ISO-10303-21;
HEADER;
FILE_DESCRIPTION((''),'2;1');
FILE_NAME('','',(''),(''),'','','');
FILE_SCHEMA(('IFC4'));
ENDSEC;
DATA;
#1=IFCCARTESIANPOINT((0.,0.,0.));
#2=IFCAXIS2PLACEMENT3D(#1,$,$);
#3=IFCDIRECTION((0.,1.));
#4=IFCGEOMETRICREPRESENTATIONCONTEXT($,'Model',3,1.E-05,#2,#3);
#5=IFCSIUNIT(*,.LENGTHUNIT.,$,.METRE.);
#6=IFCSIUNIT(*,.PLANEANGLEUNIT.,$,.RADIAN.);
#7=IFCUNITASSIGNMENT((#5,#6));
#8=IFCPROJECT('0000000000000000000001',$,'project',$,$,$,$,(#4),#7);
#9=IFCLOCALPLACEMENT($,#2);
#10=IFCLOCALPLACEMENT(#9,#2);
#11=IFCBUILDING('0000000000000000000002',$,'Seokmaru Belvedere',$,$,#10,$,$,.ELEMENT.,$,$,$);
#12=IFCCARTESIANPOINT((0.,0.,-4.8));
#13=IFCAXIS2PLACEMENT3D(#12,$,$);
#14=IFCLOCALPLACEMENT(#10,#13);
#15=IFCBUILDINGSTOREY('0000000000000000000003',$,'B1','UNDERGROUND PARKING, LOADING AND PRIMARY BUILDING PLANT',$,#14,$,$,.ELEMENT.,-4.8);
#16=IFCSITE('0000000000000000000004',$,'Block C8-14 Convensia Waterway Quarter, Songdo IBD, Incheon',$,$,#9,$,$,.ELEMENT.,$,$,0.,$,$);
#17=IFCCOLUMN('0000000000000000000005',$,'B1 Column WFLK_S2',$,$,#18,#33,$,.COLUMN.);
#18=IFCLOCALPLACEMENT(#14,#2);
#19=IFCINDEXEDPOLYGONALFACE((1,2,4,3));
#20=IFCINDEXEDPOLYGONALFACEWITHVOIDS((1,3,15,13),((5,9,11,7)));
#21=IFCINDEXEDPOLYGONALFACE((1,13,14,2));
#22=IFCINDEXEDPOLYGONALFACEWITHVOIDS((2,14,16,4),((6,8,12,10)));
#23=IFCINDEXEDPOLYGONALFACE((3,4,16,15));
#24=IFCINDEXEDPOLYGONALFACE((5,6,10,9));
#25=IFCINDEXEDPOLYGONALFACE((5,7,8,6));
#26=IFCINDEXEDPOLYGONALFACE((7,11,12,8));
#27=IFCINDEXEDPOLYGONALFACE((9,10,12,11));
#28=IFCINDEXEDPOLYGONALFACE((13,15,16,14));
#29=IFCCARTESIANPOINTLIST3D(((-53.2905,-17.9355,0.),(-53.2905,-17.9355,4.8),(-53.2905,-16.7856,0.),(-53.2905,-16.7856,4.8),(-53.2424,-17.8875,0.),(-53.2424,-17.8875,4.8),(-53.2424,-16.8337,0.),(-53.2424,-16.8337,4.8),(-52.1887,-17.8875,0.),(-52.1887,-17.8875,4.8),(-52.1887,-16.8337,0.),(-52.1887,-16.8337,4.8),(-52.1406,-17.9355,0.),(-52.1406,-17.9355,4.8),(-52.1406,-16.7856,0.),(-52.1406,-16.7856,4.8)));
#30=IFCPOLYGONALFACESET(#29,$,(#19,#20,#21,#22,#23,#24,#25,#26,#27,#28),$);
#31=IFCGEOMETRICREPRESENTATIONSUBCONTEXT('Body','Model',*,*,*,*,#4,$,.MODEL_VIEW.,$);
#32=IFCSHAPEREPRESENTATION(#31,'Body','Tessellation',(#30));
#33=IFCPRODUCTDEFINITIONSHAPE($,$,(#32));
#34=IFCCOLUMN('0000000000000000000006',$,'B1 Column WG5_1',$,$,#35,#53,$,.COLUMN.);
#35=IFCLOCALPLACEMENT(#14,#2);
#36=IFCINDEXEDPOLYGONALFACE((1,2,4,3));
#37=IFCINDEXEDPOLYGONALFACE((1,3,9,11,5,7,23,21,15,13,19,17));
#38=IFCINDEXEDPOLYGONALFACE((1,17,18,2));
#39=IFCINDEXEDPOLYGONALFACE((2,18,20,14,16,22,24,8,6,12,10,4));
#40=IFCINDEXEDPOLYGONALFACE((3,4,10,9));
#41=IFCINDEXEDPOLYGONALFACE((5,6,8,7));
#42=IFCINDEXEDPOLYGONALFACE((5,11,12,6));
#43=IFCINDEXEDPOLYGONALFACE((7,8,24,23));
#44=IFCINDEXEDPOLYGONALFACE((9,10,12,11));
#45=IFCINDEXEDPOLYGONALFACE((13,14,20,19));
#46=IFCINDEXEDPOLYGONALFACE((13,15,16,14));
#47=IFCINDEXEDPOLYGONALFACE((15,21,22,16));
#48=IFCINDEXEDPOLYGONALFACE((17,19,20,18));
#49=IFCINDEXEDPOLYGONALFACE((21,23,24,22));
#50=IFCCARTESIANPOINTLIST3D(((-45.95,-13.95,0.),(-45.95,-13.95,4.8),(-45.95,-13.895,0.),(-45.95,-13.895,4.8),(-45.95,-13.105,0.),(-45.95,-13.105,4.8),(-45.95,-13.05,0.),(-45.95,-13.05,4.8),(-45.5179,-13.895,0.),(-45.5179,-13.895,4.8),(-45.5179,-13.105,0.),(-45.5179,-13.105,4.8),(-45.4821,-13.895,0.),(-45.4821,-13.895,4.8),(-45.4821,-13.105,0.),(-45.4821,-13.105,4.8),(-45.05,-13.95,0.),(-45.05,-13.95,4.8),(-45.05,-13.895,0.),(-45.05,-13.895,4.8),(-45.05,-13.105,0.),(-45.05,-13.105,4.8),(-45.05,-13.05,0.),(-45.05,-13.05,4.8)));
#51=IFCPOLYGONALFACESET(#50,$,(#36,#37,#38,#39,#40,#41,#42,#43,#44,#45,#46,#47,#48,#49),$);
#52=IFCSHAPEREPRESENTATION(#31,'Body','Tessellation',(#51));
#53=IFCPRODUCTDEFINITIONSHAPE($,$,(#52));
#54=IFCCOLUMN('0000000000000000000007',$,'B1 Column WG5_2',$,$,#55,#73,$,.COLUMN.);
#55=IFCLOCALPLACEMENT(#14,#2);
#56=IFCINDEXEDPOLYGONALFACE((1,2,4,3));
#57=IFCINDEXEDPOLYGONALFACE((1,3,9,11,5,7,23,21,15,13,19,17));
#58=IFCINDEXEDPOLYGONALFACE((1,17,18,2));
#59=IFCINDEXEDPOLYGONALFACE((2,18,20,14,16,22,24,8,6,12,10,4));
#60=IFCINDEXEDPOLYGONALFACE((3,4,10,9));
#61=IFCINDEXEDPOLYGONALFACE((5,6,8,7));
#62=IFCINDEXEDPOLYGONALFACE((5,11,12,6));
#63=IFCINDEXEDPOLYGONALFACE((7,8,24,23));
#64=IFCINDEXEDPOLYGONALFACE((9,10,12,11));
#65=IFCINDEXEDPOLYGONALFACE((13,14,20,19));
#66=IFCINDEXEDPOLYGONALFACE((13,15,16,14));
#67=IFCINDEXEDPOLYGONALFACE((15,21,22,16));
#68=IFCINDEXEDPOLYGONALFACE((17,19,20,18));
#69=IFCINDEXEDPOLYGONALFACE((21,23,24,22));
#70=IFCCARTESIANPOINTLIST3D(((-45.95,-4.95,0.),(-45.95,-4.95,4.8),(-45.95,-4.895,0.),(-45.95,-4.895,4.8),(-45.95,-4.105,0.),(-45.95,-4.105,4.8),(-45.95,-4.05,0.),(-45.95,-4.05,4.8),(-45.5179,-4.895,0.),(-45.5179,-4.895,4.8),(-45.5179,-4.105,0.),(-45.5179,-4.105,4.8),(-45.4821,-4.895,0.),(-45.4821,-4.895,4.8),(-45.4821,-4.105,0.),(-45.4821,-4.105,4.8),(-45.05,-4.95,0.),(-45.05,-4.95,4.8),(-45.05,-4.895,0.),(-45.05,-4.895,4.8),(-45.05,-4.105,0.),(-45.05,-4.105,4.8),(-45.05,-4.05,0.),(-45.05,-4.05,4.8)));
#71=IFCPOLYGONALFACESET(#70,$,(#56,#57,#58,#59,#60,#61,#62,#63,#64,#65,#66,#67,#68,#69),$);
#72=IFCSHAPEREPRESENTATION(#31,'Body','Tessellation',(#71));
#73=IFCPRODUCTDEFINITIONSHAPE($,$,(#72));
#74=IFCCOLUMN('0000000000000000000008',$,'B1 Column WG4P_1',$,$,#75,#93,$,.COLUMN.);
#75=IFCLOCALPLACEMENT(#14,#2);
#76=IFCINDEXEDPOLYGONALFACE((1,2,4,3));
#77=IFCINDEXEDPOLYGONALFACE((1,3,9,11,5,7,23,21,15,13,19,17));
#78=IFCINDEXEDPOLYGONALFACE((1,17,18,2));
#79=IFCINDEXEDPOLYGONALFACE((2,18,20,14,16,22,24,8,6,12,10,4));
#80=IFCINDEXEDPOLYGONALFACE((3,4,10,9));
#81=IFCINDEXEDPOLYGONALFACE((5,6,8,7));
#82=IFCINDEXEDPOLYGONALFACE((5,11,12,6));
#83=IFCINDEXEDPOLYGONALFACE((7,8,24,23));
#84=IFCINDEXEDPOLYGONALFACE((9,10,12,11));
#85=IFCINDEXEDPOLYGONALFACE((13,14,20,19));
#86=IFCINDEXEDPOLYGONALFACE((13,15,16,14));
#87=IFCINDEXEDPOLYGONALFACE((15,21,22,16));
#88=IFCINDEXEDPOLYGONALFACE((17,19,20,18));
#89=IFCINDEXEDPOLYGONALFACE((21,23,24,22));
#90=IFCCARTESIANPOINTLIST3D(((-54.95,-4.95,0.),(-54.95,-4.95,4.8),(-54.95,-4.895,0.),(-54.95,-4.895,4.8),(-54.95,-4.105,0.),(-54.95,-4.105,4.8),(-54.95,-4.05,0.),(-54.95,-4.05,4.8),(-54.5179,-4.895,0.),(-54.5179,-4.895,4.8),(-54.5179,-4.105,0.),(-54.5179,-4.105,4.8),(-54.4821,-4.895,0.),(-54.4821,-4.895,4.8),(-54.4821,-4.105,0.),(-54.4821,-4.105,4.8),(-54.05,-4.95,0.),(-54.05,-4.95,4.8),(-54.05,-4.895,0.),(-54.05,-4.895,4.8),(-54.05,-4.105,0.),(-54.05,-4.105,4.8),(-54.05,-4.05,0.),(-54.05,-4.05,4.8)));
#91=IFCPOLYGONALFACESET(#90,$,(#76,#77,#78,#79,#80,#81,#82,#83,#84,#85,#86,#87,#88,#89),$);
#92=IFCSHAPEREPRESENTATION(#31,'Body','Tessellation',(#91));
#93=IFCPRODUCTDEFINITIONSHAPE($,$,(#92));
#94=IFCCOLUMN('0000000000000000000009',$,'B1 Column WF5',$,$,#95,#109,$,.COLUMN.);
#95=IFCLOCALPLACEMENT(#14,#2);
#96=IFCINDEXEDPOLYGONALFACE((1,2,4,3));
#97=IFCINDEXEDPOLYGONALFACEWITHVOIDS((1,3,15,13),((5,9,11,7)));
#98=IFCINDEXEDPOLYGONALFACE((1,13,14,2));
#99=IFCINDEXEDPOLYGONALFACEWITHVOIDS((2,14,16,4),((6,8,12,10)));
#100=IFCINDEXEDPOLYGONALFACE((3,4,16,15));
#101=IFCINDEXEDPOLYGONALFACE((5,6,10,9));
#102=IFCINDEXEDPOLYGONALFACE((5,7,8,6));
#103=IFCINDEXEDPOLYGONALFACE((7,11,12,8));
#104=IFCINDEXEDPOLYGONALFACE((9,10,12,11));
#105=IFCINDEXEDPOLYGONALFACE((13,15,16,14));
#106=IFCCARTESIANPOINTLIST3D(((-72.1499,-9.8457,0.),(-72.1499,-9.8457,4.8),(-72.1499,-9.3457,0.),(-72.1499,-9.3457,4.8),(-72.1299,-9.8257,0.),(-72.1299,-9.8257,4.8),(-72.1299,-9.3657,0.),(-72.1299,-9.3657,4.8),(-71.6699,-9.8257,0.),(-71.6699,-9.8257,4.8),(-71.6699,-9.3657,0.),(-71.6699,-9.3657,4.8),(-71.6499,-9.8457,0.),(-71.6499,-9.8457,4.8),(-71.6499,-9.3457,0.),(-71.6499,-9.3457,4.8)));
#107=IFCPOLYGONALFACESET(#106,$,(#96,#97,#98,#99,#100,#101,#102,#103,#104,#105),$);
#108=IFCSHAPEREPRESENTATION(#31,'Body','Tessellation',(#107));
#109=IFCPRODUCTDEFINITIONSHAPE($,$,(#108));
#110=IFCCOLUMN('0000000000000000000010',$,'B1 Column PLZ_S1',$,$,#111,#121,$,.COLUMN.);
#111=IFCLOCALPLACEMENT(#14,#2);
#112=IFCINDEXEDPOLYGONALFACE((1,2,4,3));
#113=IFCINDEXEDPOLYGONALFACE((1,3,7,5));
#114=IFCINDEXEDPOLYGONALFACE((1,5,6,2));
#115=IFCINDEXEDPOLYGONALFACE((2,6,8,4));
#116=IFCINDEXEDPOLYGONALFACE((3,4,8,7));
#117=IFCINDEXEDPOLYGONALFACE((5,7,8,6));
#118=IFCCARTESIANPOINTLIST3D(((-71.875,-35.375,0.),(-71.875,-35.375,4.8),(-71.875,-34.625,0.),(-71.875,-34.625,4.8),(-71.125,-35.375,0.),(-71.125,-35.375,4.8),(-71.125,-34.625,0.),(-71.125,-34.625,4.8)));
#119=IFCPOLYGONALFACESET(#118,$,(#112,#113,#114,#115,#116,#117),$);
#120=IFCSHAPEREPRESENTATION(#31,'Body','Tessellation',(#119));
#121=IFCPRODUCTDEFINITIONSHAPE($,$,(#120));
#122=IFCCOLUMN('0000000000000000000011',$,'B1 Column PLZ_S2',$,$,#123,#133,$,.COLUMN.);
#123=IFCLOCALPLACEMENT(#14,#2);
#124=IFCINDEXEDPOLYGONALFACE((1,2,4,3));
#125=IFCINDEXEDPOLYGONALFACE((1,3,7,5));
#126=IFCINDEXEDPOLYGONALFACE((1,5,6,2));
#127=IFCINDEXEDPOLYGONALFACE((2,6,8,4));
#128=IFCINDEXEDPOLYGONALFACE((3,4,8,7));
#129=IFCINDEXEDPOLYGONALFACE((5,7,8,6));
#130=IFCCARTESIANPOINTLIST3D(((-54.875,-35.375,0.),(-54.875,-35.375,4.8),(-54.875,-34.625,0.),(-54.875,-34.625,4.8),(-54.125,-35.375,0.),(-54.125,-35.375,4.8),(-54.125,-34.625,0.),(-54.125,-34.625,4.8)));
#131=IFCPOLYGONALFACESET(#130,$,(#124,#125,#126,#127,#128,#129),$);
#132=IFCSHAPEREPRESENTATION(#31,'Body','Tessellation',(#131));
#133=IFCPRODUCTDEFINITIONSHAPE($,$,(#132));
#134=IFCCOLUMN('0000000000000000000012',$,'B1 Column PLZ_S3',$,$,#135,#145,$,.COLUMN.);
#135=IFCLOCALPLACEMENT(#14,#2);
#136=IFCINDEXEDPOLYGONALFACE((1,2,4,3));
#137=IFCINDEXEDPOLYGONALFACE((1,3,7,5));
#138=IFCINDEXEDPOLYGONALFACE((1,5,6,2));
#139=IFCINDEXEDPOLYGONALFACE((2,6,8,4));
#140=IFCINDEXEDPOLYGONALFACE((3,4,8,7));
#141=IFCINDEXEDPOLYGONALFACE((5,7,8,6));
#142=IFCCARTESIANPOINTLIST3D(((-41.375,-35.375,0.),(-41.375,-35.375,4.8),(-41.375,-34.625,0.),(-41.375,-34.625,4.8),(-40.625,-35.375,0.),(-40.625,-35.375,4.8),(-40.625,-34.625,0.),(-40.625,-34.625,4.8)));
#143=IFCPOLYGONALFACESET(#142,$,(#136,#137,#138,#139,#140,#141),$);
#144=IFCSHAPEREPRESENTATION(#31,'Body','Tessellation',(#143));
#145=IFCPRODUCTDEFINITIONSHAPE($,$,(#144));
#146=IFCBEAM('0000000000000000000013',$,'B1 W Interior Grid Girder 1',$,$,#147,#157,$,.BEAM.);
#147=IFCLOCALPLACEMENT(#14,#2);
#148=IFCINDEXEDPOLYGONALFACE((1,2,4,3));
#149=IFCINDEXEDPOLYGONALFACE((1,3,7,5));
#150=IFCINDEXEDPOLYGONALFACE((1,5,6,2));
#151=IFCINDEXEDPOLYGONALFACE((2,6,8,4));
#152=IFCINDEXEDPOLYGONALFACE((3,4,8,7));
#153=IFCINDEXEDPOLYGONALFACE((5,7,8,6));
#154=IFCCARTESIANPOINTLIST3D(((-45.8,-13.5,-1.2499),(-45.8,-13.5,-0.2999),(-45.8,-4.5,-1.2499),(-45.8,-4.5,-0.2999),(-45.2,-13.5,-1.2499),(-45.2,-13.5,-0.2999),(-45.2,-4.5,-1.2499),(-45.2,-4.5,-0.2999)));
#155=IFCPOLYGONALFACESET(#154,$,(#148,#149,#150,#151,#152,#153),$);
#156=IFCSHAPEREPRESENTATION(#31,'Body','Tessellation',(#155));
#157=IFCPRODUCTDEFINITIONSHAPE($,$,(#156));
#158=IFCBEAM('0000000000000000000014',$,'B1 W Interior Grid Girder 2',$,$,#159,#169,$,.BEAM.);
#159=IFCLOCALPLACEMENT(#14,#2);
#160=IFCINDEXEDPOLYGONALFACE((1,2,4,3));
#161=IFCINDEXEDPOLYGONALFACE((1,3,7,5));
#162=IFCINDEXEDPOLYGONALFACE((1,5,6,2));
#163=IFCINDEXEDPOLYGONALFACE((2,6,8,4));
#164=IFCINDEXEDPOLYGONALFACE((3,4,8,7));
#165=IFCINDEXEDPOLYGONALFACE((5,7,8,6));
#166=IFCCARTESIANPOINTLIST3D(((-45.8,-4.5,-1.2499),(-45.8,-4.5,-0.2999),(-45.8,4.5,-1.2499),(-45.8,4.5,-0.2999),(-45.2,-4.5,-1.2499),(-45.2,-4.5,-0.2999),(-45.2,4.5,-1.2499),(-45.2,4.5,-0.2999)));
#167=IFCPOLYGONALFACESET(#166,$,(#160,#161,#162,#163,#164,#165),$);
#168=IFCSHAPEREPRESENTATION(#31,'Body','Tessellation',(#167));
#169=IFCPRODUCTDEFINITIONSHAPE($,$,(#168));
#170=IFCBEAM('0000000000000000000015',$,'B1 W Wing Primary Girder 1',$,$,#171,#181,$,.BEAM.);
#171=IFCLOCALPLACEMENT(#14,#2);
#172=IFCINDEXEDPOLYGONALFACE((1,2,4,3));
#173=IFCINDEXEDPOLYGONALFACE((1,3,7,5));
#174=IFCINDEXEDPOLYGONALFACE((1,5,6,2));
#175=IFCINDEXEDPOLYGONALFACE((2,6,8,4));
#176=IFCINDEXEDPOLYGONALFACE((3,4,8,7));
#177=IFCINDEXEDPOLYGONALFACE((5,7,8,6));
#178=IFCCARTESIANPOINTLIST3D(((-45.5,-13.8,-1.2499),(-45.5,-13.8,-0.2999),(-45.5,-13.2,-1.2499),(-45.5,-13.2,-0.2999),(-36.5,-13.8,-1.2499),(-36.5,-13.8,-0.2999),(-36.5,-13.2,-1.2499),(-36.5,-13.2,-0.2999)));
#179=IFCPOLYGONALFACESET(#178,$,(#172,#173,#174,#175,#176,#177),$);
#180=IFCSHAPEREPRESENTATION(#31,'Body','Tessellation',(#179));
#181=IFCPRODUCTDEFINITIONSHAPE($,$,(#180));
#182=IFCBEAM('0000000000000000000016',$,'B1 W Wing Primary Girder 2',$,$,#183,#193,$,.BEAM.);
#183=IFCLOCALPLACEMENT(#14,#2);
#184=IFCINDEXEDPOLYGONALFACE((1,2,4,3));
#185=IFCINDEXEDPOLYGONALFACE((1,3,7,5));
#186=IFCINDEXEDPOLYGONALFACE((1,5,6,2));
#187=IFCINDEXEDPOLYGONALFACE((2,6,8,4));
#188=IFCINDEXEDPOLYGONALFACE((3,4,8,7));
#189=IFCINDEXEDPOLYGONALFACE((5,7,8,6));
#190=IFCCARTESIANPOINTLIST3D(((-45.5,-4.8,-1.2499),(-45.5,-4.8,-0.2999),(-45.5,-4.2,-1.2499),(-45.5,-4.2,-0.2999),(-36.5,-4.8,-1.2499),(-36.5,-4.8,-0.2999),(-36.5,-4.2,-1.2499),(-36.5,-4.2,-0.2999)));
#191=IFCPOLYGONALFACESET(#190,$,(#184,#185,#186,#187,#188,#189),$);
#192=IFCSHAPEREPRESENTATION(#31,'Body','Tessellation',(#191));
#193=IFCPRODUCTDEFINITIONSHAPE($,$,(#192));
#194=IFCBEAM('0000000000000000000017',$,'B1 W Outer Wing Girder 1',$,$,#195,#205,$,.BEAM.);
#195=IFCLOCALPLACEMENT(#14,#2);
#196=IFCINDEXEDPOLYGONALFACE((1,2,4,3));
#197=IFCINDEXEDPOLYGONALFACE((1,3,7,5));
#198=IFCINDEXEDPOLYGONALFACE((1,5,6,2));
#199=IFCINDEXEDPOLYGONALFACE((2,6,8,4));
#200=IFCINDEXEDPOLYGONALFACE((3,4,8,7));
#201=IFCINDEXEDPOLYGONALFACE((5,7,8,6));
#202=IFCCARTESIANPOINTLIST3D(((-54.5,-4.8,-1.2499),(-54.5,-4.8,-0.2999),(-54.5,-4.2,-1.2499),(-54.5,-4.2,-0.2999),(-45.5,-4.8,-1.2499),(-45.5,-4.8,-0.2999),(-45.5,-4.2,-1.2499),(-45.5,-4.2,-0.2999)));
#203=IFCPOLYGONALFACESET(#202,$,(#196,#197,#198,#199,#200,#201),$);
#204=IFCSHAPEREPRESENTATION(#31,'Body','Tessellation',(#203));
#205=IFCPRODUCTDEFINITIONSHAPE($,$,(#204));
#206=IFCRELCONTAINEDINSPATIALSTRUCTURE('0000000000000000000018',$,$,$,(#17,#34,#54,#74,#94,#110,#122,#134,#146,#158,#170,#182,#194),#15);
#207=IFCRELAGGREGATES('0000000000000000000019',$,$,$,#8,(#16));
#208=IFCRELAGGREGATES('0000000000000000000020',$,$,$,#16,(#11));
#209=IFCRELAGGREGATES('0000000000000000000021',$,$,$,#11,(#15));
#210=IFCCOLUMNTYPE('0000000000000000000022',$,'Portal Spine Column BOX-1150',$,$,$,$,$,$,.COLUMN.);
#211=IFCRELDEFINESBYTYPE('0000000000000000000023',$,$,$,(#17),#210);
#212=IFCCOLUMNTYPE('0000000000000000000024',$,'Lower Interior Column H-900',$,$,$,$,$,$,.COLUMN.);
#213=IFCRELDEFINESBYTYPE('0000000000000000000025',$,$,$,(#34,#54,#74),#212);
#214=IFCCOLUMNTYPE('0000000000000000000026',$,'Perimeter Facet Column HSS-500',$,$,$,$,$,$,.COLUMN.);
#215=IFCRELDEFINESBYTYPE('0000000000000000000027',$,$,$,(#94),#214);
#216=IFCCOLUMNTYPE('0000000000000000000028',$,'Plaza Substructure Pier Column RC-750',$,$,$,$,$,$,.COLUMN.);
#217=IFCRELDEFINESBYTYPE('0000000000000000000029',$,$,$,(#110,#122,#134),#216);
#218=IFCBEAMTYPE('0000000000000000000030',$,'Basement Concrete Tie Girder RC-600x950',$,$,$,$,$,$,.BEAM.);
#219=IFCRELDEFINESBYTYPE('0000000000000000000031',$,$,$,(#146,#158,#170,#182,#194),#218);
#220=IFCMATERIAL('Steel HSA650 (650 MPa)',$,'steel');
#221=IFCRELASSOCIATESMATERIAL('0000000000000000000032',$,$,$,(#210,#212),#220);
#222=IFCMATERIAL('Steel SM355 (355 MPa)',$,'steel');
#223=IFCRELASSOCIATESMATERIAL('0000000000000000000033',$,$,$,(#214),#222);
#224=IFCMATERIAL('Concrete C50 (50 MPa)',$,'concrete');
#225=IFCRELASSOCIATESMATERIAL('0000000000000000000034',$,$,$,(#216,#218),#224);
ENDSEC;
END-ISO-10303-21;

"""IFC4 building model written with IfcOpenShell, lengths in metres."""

from ifc_helpers import new_model, si_unit, direction, frame, origin, origin_2d, place, context, subcontext, project, spatial, rectangle, hollow_rectangle, i_section, extrude, source, transform, mapped, material, material_profile, profile_set, type_object, type_shapes, element, save


model = new_model("IFC4")

# Units and contexts
model_context = context("Model", 3, precision=1e-05, world=origin(), true_north=direction((0.0, 1.0)))
body_context = subcontext(model_context, "Body", "Model", "MODEL_VIEW")
ifc_project = project(units=[si_unit("LENGTHUNIT", "METRE"), si_unit("PLANEANGLEUNIT", "RADIAN")], contexts=[model_context])

# Site, building, storey
site_placement = place(None, origin())
site = spatial("IfcSite", under=ifc_project, at=site_placement, Name="Block C8-14 Convensia Waterway Quarter, Songdo IBD, Incheon", CompositionType="ELEMENT", RefElevation=0.0)
building_placement = place(site_placement, origin())
building = spatial("IfcBuilding", under=site, at=building_placement, Name="Seokmaru Belvedere", CompositionType="ELEMENT")
storey_placement = place(building_placement, frame((0.0, 0.0, -4.8)))
storey = spatial("IfcBuildingStorey", under=building, at=storey_placement, Name="B1", Description="UNDERGROUND PARKING, LOADING AND PRIMARY BUILDING PLANT", CompositionType="ELEMENT", Elevation=-4.8)

# Columns
ifc_material_1 = material(Name="Steel HSA650 (650 MPa)", Category="steel")
ifc_material_profile_1 = material_profile(ifc_material_1, hollow_rectangle(XDim=1.1499, YDim=1.1499, WallThickness=0.0481, at=origin_2d()), Name="BOX-1150x1150x48")
ifc_profile_set_1 = profile_set([ifc_material_profile_1], Name="Steel HSA650 (650 MPa)")
column_type_1 = type_object("IfcColumnType", Name="Portal Spine Column BOX-1150", PredefinedType="COLUMN", material=ifc_profile_set_1)
shared_shape_1 = source(origin(), body_context, "Body", "SweptSolid", [
    extrude(hollow_rectangle(XDim=1.1499, YDim=1.1499, WallThickness=0.0481, at=origin_2d()), origin(), (0.0, 0.0, 1.0), 4.8),
])
type_shapes(column_type_1, [shared_shape_1])
column_1_placement = place(storey_placement, frame((-52.7156, -17.3606, 0.0), z_axis=(0.0, 0.0, 1.0), x_axis=(1.0, 0.0, 0.0)))
element("IfcColumn", 1, at=column_1_placement, inside=storey, type_object=column_type_1, Name="B1 Column WFLK_S2", PredefinedType="COLUMN", context=body_context, shape_type="MappedRepresentation", body=[
    mapped(shared_shape_1, transform((0.0, 0.0, 0.0), scale=1.0)),
])
ifc_material_profile_2 = material_profile(ifc_material_1, i_section(OverallWidth=0.8999, OverallDepth=0.8999, WebThickness=0.0359, FlangeThickness=0.0549, at=origin_2d()), Name="H-900x900x36x55")
ifc_profile_set_2 = profile_set([ifc_material_profile_2], Name="Steel HSA650 (650 MPa)")
column_type_2 = type_object("IfcColumnType", Name="Lower Interior Column H-900", PredefinedType="COLUMN", material=ifc_profile_set_2)
shared_shape_2 = source(origin(), body_context, "Body", "SweptSolid", [
    extrude(i_section(OverallWidth=0.8999, OverallDepth=0.8999, WebThickness=0.0359, FlangeThickness=0.0549, at=origin_2d()), origin(), (0.0, 0.0, 1.0), 4.8),
])
type_shapes(column_type_2, [shared_shape_2])
for number, where, z_axis, x_axis, name in (
    (2, (-45.5, -13.5, 0.0), (0.0, 0.0, 1.0), (1.0, 0.0, 0.0), "B1 Column WG5_1"),
    (3, (-45.5, -4.5, 0.0), (0.0, 0.0, 1.0), (1.0, 0.0, 0.0), "B1 Column WG5_2"),
    (4, (-54.5, -4.5, 0.0), (0.0, 0.0, 1.0), (1.0, 0.0, 0.0), "B1 Column WG4P_1"),
):
    element("IfcColumn", number, at=place(storey_placement, frame(where, z_axis=z_axis, x_axis=x_axis)), inside=storey, type_object=column_type_2, Name=name, PredefinedType="COLUMN", context=body_context, shape_type="MappedRepresentation", body=[
        mapped(shared_shape_2, transform((0.0, 0.0, 0.0), scale=1.0)),
    ])
ifc_material_2 = material(Name="Steel SM355 (355 MPa)", Category="steel")
ifc_material_profile_3 = material_profile(ifc_material_2, hollow_rectangle(XDim=0.5, YDim=0.5, WallThickness=0.02, at=origin_2d()), Name="HSS-500x500x20")
ifc_profile_set_3 = profile_set([ifc_material_profile_3], Name="Steel SM355 (355 MPa)")
column_type_3 = type_object("IfcColumnType", Name="Perimeter Facet Column HSS-500", PredefinedType="COLUMN", material=ifc_profile_set_3)
shared_shape_3 = source(origin(), body_context, "Body", "SweptSolid", [
    extrude(hollow_rectangle(XDim=0.5, YDim=0.5, WallThickness=0.02, at=origin_2d()), origin(), (0.0, 0.0, 1.0), 4.8),
])
type_shapes(column_type_3, [shared_shape_3])
column_2_placement = place(storey_placement, frame((-71.8999, -9.5957, 0.0), z_axis=(0.0, 0.0, 1.0), x_axis=(1.0, 0.0, 0.0)))
element("IfcColumn", 5, at=column_2_placement, inside=storey, type_object=column_type_3, Name="B1 Column WF5", PredefinedType="COLUMN", context=body_context, shape_type="MappedRepresentation", body=[
    mapped(shared_shape_3, transform((0.0, 0.0, 0.0), scale=1.0)),
])
ifc_material_3 = material(Name="Concrete C50 (50 MPa)", Category="concrete")
ifc_material_profile_4 = material_profile(ifc_material_3, rectangle(XDim=0.75, YDim=0.75, at=origin_2d()), Name="RC-750x750")
ifc_profile_set_4 = profile_set([ifc_material_profile_4], Name="Concrete C50 (50 MPa)")
column_type_4 = type_object("IfcColumnType", Name="Plaza Substructure Pier Column RC-750", PredefinedType="COLUMN", material=ifc_profile_set_4)
shared_shape_4 = source(origin(), body_context, "Body", "SweptSolid", [
    extrude(rectangle(XDim=0.75, YDim=0.75, at=origin_2d()), origin(), (0.0, 0.0, 1.0), 4.8),
])
type_shapes(column_type_4, [shared_shape_4])
for number, where, z_axis, x_axis, name in (
    (6, (-71.5, -35.0, 0.0), (0.0, 0.0, 1.0), (1.0, 0.0, 0.0), "B1 Column PLZ_S1"),
    (7, (-54.5, -35.0, 0.0), (0.0, 0.0, 1.0), (1.0, 0.0, 0.0), "B1 Column PLZ_S2"),
    (8, (-41.0, -35.0, 0.0), (0.0, 0.0, 1.0), (1.0, 0.0, 0.0), "B1 Column PLZ_S3"),
):
    element("IfcColumn", number, at=place(storey_placement, frame(where, z_axis=z_axis, x_axis=x_axis)), inside=storey, type_object=column_type_4, Name=name, PredefinedType="COLUMN", context=body_context, shape_type="MappedRepresentation", body=[
        mapped(shared_shape_4, transform((0.0, 0.0, 0.0), scale=1.0)),
    ])

# Beams
ifc_material_profile_5 = material_profile(ifc_material_3, rectangle(XDim=0.6001, YDim=0.95, at=origin_2d()), Name="RC-600x950")
ifc_profile_set_5 = profile_set([ifc_material_profile_5], Name="Concrete C50 (50 MPa)")
beam_type_1 = type_object("IfcBeamType", Name="Basement Concrete Tie Girder RC-600x950", PredefinedType="BEAM", material=ifc_profile_set_5)
shared_shape_5 = source(origin(), body_context, "Body", "SweptSolid", [
    extrude(rectangle(XDim=0.6001, YDim=0.95, at=origin_2d()), origin(), (0.0, 0.0, 1.0), 9.0),
])
for number, where, z_axis, x_axis, name in (
    (9, (-45.5, -13.5, -0.7749), (0.0, 1.0, 0.0), (-1.0, 0.0, 0.0), "B1 W Interior Grid Girder 1"),
    (10, (-45.5, -4.5, -0.7749), (0.0, 1.0, 0.0), (-1.0, 0.0, 0.0), "B1 W Interior Grid Girder 2"),
    (11, (-45.5, -13.5, -0.7749), (1.0, 0.0, 0.0), (0.0, 1.0, 0.0), "B1 W Wing Primary Girder 1"),
    (12, (-45.5, -4.5, -0.7749), (1.0, 0.0, 0.0), (0.0, 1.0, 0.0), "B1 W Wing Primary Girder 2"),
    (13, (-54.5, -4.5, -0.7749), (1.0, 0.0, 0.0), (0.0, 1.0, 0.0), "B1 W Outer Wing Girder 1"),
):
    element("IfcBeam", number, at=place(storey_placement, frame(where, z_axis=z_axis, x_axis=x_axis)), inside=storey, type_object=beam_type_1, Name=name, PredefinedType="BEAM", context=body_context, shape_type="MappedRepresentation", body=[
        mapped(shared_shape_5, transform((0.0, 0.0, 0.0), scale=1.0)),
    ])

save(model, "model.ifc")
